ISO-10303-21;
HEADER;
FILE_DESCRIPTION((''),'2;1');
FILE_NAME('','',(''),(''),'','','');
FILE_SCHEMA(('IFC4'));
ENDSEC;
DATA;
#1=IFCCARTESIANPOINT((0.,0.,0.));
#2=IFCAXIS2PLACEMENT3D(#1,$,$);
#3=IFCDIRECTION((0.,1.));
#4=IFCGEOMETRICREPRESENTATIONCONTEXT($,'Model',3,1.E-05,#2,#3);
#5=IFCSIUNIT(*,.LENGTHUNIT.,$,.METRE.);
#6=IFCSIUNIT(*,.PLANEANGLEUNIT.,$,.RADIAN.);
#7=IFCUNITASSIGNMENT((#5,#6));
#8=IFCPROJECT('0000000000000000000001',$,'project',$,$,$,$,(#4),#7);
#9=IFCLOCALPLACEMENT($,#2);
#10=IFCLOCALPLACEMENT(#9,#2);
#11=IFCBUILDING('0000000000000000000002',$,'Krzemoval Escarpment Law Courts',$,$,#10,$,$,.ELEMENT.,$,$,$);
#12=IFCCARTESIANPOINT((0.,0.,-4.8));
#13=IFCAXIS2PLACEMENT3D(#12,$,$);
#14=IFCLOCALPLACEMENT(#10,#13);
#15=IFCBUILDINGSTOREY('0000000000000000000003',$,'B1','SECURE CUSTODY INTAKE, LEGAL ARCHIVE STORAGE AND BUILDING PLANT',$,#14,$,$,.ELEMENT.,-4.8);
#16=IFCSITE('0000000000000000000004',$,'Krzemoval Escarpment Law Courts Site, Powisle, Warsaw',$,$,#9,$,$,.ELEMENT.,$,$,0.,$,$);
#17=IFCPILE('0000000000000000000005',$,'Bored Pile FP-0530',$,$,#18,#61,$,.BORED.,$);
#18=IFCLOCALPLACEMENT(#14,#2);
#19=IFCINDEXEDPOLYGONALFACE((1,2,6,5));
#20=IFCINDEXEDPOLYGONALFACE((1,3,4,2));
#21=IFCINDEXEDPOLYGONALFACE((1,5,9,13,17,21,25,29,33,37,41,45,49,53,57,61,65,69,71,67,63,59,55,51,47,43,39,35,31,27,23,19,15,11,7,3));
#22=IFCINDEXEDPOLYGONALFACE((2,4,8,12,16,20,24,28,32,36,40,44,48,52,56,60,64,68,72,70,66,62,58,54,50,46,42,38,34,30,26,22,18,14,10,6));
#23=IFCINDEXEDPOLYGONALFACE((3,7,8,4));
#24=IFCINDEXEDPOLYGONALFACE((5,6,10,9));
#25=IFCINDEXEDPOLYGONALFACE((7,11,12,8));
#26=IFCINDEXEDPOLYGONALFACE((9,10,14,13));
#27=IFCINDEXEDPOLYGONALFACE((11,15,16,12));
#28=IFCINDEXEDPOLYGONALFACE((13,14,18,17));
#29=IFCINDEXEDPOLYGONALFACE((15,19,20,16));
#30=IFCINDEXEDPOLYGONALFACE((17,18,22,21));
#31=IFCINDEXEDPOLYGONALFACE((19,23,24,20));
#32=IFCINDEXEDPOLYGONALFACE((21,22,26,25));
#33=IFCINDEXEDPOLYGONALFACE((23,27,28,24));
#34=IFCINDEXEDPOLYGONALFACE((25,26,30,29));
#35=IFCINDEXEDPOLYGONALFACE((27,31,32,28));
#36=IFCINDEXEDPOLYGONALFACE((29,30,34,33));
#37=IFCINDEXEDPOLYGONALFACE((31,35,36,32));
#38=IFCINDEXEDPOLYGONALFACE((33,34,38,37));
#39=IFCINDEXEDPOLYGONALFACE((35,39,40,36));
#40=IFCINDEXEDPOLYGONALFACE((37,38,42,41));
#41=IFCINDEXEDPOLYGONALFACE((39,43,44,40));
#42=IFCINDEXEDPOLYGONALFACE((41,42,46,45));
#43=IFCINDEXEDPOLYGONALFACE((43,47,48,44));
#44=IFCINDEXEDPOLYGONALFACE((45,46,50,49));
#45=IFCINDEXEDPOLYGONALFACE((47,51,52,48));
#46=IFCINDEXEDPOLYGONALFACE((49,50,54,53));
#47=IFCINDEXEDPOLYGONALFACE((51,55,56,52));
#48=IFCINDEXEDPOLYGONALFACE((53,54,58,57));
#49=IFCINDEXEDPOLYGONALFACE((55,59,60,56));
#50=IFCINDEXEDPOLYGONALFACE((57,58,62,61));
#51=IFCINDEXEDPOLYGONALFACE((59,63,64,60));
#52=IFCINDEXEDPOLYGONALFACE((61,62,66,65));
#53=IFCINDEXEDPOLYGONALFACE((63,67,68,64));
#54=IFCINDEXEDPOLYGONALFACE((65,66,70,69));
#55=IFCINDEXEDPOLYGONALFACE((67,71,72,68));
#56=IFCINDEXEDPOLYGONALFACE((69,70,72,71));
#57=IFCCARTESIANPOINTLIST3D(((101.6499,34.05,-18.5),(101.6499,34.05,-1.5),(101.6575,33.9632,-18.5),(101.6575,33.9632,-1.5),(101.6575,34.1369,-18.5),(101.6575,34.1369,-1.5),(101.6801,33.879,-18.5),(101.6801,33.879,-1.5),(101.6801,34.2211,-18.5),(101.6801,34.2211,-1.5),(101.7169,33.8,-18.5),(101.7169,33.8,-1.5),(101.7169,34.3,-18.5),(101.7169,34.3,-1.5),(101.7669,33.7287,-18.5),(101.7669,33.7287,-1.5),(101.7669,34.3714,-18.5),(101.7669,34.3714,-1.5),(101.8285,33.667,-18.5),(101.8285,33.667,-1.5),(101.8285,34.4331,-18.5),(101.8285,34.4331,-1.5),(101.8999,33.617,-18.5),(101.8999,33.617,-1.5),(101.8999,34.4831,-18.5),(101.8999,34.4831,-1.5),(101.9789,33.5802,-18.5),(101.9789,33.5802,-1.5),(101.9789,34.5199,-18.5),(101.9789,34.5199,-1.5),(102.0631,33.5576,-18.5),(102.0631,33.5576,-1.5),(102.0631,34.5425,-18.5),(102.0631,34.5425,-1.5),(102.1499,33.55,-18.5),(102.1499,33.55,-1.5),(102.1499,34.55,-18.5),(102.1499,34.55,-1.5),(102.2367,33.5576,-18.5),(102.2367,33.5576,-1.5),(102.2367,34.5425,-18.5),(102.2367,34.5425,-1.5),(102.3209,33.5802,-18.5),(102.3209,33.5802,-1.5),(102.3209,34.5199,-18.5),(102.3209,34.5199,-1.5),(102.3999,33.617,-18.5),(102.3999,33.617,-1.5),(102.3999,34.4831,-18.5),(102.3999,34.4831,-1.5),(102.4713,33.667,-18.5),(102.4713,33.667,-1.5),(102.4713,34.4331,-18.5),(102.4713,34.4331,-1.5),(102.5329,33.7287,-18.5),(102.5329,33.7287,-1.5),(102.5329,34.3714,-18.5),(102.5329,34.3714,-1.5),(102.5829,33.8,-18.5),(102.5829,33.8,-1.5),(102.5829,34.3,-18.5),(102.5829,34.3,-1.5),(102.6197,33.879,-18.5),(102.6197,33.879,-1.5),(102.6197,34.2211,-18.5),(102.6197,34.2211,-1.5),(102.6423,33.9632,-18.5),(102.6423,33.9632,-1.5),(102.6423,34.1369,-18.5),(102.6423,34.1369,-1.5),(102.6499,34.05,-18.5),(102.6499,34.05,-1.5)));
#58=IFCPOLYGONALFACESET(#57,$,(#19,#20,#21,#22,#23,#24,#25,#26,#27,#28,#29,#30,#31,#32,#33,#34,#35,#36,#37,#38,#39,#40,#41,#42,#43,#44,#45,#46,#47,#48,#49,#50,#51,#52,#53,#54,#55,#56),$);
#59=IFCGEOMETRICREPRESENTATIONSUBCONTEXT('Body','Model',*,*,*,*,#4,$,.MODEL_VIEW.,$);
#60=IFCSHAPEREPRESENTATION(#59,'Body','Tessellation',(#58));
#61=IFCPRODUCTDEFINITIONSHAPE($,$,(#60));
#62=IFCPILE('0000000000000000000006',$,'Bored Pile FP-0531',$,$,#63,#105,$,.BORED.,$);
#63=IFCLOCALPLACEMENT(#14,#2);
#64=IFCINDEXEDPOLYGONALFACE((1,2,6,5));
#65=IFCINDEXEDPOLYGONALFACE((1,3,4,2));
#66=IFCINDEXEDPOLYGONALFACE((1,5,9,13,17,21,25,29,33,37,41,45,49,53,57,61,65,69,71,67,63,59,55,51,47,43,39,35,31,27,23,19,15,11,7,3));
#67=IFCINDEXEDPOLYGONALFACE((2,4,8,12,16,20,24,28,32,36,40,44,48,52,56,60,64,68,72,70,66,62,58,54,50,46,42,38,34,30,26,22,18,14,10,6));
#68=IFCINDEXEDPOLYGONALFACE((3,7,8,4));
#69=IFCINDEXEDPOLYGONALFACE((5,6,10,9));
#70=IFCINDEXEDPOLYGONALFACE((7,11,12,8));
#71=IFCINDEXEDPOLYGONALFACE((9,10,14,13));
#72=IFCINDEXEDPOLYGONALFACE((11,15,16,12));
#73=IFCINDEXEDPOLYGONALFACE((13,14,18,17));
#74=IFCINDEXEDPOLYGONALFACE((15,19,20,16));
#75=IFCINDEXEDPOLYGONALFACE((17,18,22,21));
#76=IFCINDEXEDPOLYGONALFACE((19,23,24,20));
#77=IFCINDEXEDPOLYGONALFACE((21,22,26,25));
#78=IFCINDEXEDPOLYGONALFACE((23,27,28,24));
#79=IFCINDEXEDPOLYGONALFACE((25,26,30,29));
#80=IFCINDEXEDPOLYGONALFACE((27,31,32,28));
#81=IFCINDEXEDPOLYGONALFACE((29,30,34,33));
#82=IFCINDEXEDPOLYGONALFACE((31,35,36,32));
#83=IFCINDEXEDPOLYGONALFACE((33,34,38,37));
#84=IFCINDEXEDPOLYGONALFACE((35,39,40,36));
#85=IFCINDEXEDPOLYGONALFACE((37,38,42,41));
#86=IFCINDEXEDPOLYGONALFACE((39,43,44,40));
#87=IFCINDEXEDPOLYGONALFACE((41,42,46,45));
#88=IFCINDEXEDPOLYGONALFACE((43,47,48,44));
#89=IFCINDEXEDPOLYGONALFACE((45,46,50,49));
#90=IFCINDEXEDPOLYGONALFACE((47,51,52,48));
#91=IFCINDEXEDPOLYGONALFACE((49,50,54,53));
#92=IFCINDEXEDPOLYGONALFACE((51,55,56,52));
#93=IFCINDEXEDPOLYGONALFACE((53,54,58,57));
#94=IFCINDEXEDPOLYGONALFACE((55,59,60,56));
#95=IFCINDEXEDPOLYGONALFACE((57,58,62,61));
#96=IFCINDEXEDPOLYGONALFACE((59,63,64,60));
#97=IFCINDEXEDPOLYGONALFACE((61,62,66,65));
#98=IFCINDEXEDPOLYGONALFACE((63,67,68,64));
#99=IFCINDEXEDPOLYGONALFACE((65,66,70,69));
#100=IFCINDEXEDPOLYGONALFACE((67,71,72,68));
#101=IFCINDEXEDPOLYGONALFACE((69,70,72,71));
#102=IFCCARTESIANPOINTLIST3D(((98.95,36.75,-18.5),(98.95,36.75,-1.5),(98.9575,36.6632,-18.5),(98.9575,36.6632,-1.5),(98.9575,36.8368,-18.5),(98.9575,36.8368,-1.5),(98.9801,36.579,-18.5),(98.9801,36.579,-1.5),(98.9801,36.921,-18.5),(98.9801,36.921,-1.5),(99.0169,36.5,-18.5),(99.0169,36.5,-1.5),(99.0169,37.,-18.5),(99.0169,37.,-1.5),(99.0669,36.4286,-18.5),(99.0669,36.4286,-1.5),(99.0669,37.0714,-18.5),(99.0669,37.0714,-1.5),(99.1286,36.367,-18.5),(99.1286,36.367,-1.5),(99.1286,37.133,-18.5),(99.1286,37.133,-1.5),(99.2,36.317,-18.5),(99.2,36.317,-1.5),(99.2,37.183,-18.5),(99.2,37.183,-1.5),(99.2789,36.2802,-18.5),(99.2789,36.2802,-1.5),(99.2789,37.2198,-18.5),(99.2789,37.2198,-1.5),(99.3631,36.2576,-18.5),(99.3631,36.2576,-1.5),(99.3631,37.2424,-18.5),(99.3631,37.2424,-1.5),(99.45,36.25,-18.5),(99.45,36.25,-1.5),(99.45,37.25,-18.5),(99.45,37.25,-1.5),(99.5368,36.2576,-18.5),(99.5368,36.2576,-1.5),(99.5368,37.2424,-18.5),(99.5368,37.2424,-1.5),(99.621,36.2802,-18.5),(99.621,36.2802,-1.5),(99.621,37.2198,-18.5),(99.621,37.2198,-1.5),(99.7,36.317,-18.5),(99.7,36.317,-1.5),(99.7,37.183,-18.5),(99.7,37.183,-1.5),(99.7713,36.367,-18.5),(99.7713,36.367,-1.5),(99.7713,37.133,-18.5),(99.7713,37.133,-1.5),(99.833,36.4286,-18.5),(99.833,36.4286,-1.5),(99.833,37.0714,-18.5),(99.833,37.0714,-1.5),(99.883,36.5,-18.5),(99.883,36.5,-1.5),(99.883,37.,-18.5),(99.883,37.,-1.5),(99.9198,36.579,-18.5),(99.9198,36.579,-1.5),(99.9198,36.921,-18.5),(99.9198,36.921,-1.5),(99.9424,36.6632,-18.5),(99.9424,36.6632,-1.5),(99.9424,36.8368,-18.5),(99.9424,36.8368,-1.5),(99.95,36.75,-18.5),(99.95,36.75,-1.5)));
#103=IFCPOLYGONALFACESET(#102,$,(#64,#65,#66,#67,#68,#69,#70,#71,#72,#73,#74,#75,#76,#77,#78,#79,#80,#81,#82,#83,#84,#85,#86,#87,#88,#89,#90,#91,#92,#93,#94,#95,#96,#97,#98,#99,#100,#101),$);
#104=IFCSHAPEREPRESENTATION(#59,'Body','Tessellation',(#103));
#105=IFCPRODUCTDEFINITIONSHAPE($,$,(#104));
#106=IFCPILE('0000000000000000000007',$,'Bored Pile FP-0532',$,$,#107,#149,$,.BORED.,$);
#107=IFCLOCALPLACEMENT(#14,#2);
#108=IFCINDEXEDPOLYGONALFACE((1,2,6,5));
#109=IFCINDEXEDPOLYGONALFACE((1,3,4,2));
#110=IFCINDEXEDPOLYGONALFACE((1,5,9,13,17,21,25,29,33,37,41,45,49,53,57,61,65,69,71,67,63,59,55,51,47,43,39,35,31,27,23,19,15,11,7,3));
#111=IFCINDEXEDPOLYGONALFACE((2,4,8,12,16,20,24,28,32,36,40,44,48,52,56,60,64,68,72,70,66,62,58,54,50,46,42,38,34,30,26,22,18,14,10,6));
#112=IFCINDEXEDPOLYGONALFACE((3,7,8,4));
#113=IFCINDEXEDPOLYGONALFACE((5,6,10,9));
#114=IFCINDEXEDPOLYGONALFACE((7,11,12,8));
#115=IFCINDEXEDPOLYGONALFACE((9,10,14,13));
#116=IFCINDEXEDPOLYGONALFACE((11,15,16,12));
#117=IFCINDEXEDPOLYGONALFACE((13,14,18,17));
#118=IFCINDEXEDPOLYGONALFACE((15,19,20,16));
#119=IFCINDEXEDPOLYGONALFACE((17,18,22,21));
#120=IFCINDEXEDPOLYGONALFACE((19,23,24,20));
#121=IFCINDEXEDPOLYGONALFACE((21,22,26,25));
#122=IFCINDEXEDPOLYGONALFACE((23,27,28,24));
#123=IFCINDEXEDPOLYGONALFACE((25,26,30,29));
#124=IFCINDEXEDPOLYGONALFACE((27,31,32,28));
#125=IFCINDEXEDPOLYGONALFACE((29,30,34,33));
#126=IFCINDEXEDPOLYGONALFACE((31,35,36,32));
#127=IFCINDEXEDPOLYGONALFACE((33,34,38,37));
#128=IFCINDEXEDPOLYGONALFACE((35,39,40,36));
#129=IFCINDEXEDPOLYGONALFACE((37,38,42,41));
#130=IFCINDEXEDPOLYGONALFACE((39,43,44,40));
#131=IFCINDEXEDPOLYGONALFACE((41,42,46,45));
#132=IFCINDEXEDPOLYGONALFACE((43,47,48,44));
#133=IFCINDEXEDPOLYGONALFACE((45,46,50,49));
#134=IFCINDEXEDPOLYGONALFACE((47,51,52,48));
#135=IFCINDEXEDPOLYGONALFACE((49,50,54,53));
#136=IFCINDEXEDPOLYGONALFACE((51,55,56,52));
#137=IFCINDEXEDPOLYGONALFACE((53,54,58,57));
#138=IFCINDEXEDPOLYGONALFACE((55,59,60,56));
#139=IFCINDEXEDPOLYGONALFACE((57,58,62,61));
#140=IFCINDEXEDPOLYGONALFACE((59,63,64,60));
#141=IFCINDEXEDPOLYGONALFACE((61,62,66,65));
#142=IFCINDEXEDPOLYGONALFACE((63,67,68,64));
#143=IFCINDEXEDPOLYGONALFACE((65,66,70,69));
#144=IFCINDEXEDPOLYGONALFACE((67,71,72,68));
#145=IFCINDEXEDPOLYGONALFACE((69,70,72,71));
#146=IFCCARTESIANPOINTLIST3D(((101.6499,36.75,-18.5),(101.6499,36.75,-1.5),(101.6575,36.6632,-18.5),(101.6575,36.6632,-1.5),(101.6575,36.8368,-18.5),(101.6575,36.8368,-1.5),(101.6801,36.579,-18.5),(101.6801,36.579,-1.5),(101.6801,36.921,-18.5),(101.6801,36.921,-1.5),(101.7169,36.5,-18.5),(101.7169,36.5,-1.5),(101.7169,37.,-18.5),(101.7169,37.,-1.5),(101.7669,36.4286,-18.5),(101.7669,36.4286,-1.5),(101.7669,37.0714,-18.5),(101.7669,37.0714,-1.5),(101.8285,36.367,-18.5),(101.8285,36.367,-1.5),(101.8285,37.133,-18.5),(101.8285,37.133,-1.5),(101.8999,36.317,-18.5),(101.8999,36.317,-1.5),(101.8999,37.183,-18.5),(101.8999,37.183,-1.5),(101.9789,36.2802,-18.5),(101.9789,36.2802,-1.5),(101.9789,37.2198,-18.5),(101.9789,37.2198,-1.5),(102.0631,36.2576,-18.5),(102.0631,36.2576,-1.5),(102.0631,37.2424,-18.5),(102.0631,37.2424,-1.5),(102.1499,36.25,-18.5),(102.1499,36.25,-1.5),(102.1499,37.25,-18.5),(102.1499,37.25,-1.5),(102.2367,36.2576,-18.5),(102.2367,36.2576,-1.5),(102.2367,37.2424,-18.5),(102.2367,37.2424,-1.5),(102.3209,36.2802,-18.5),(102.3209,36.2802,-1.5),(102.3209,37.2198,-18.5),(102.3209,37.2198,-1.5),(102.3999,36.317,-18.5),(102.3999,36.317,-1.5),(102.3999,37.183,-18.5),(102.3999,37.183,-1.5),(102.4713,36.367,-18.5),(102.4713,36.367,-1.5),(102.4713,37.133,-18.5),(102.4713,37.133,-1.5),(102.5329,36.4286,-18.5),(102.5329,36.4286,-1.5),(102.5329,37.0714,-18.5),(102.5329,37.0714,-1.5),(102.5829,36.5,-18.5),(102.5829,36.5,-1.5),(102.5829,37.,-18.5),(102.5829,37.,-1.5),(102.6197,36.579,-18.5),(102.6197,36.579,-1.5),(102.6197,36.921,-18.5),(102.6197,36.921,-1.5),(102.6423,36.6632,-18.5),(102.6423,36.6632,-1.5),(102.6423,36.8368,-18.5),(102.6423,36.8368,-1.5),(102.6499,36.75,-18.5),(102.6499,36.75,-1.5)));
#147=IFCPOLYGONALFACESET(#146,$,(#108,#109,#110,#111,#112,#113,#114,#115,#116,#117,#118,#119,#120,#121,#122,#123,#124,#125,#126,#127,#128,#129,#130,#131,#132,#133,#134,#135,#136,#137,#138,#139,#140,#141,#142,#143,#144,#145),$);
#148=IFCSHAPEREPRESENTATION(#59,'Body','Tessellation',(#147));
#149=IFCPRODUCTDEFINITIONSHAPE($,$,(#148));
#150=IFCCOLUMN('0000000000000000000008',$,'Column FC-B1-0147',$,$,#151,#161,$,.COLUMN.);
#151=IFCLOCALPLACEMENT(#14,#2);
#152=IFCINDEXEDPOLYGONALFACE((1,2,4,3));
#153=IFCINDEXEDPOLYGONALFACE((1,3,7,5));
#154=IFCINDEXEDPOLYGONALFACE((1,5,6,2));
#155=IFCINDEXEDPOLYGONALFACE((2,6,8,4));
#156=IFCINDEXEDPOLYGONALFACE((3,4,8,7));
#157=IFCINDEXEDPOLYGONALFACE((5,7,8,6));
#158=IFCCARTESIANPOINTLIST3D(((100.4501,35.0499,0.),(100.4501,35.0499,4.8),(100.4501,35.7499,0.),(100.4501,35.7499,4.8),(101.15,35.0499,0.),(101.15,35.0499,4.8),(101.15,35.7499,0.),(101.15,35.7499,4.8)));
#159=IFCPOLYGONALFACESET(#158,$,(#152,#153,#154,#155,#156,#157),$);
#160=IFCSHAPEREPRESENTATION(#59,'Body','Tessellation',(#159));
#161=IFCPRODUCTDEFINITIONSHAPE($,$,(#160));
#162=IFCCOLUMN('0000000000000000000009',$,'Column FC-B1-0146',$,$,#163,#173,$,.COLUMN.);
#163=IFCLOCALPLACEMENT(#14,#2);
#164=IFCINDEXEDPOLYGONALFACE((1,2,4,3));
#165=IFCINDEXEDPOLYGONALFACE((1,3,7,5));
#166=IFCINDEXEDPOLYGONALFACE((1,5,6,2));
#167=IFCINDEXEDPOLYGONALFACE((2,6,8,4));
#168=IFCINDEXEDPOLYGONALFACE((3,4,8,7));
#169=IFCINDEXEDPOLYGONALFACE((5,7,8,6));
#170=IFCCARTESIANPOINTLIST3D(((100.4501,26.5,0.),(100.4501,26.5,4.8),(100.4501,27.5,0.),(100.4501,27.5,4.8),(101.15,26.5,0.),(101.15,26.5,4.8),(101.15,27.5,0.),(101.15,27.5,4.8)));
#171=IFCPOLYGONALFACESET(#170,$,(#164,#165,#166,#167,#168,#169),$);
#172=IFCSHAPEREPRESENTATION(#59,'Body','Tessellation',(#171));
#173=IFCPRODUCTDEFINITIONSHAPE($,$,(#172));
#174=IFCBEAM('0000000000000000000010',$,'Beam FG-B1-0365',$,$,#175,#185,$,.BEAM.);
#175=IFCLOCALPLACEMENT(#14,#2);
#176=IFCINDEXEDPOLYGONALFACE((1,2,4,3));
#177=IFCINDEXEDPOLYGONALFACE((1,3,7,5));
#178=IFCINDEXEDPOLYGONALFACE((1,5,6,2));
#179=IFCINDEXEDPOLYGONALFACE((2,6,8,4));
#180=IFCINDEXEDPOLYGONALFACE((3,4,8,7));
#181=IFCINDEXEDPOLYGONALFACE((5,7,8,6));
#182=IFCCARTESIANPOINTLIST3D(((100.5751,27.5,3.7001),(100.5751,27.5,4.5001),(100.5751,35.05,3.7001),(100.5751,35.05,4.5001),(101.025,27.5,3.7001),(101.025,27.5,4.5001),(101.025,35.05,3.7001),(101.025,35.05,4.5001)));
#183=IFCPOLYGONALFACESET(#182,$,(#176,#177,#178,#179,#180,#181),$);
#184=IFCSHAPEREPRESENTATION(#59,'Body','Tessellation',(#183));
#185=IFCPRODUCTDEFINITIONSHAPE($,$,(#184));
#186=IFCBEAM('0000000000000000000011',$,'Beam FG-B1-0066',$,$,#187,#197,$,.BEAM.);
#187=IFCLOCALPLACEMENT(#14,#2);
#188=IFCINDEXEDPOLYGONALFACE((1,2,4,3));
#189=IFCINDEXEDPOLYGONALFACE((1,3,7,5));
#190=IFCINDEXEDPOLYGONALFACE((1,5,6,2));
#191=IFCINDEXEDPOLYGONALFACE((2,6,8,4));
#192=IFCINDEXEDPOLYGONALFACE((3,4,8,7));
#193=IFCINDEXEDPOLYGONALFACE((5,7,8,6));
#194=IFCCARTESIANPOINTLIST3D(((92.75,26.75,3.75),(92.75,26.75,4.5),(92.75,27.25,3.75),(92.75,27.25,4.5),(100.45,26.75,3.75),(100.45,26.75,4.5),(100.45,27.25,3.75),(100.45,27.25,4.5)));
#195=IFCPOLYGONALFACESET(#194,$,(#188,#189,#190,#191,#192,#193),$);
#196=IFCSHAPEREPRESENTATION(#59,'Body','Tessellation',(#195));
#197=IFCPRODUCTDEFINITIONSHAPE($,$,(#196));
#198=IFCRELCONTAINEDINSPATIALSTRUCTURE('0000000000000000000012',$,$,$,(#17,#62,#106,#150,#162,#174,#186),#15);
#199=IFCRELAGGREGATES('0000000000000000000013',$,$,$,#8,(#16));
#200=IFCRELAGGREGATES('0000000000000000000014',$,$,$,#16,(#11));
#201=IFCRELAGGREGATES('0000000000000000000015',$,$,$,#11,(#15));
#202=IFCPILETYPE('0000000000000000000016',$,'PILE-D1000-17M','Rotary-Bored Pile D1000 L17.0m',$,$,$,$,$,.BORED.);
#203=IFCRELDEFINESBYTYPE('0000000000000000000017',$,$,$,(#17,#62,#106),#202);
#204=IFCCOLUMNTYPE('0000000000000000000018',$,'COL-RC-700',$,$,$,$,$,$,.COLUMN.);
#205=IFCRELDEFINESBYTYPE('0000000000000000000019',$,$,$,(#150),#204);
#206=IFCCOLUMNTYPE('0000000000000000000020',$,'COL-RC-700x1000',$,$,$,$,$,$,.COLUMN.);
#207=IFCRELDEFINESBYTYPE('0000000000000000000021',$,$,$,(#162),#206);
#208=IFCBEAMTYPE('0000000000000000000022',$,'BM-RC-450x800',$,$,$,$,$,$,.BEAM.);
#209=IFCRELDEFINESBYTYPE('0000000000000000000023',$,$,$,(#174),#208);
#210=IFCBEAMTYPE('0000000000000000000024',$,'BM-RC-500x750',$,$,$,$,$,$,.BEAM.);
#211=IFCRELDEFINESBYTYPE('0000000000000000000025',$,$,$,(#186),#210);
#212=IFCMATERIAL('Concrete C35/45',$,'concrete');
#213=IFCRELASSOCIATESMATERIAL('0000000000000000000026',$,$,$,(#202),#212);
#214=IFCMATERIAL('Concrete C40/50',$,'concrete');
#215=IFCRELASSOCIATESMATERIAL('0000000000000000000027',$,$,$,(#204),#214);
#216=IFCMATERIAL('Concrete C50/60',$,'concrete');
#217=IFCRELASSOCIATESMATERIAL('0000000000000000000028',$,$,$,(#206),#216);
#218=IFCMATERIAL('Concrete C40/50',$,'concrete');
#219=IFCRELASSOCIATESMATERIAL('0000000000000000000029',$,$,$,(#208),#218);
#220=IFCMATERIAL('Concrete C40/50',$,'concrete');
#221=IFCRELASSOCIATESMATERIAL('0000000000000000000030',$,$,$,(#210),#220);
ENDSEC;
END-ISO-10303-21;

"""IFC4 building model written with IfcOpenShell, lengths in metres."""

from ifc_helpers import new_model, si_unit, direction, frame, origin, origin_2d, place, context, subcontext, project, spatial, rectangle, circle, extrude, material, material_profile, profile_set, type_object, element, save


model = new_model("IFC4")

# Units and contexts
model_context = context("Model", 3, precision=1e-05, world=origin(), true_north=direction((0.0, 1.0)))
body_context = subcontext(model_context, "Body", "Model", "MODEL_VIEW")
ifc_project = project(units=[si_unit("LENGTHUNIT", "METRE"), si_unit("PLANEANGLEUNIT", "RADIAN")], contexts=[model_context])

# Site, building, storey
site_placement = place(None, origin())
site = spatial("IfcSite", under=ifc_project, at=site_placement, Name="Krzemoval Escarpment Law Courts Site, Powisle, Warsaw", CompositionType="ELEMENT", RefElevation=0.0)
building_placement = place(site_placement, origin())
building = spatial("IfcBuilding", under=site, at=building_placement, Name="Krzemoval Escarpment Law Courts", CompositionType="ELEMENT")
storey_placement = place(building_placement, frame((0.0, 0.0, -4.8)))
storey = spatial("IfcBuildingStorey", under=building, at=storey_placement, Name="B1", Description="SECURE CUSTODY INTAKE, LEGAL ARCHIVE STORAGE AND BUILDING PLANT", CompositionType="ELEMENT", Elevation=-4.8)

# Piles
ifc_material_1 = material(Name="Concrete C35/45", Category="concrete")
ifc_material_profile_1 = material_profile(ifc_material_1, circle(Radius=0.5, at=origin_2d()), Name="PILE D1000")
ifc_profile_set_1 = profile_set([ifc_material_profile_1], Name="Concrete C35/45")
pile_type = type_object("IfcPileType", Name="PILE-D1000-17M", Description="Rotary-Bored Pile D1000 L17.0m", PredefinedType="BORED", material=ifc_profile_set_1)
for number, where, z_axis, x_axis, name in (
    (1, (102.1499, 34.05, -1.5), (0.0, 0.0, -1.0), (1.0, 0.0, 0.0), "Bored Pile FP-0530"),
    (2, (99.45, 36.75, -1.5), (0.0, 0.0, -1.0), (1.0, 0.0, 0.0), "Bored Pile FP-0531"),
    (3, (102.1499, 36.75, -1.5), (0.0, 0.0, -1.0), (1.0, 0.0, 0.0), "Bored Pile FP-0532"),
):
    element("IfcPile", number, at=place(storey_placement, frame(where, z_axis=z_axis, x_axis=x_axis)), inside=storey, type_object=pile_type, Name=name, PredefinedType="BORED", context=body_context, shape_type="SweptSolid", body=[
        extrude(circle(Radius=0.5, at=origin_2d()), origin(), (0.0, 0.0, 1.0), 17.0),
    ])

# Columns
ifc_material_2 = material(Name="Concrete C40/50", Category="concrete")
ifc_material_profile_2 = material_profile(ifc_material_2, rectangle(XDim=0.7, YDim=0.7, at=origin_2d()), Name="RC 700x700")
ifc_profile_set_2 = profile_set([ifc_material_profile_2], Name="Concrete C40/50")
column_type_1 = type_object("IfcColumnType", Name="COL-RC-700", PredefinedType="COLUMN", material=ifc_profile_set_2)
column_1_placement = place(storey_placement, frame((100.8, 35.3999, 0.0), z_axis=(0.0, 0.0, 1.0), x_axis=(1.0, 0.0, 0.0)))
element("IfcColumn", 4, at=column_1_placement, inside=storey, type_object=column_type_1, Name="Column FC-B1-0147", PredefinedType="COLUMN", context=body_context, shape_type="SweptSolid", body=[
    extrude(rectangle(XDim=0.7, YDim=0.7, at=origin_2d()), origin(), (0.0, 0.0, 1.0), 4.8),
])
ifc_material_3 = material(Name="Concrete C50/60", Category="concrete")
ifc_material_profile_3 = material_profile(ifc_material_3, rectangle(XDim=0.7, YDim=1.0, at=origin_2d()), Name="RC 700x1000")
ifc_profile_set_3 = profile_set([ifc_material_profile_3], Name="Concrete C50/60")
column_type_2 = type_object("IfcColumnType", Name="COL-RC-700x1000", PredefinedType="COLUMN", material=ifc_profile_set_3)
column_2_placement = place(storey_placement, frame((100.8, 27.0, 0.0), z_axis=(0.0, 0.0, 1.0), x_axis=(1.0, 0.0, 0.0)))
element("IfcColumn", 5, at=column_2_placement, inside=storey, type_object=column_type_2, Name="Column FC-B1-0146", PredefinedType="COLUMN", context=body_context, shape_type="SweptSolid", body=[
    extrude(rectangle(XDim=0.7, YDim=1.0, at=origin_2d()), origin(), (0.0, 0.0, 1.0), 4.8),
])

# Beams
ifc_material_4 = material(Name="Concrete C40/50", Category="concrete")
ifc_material_profile_4 = material_profile(ifc_material_4, rectangle(XDim=0.45, YDim=0.8, at=origin_2d()), Name="RCB 450x800")
ifc_profile_set_4 = profile_set([ifc_material_profile_4], Name="Concrete C40/50")
beam_type_1 = type_object("IfcBeamType", Name="BM-RC-450x800", PredefinedType="BEAM", material=ifc_profile_set_4)
beam_1_placement = place(storey_placement, frame((100.8, 27.5, 4.1001), z_axis=(0.0, 1.0, 0.0), x_axis=(-1.0, 0.0, 0.0)))
element("IfcBeam", 6, at=beam_1_placement, inside=storey, type_object=beam_type_1, Name="Beam FG-B1-0365", PredefinedType="BEAM", context=body_context, shape_type="SweptSolid", body=[
    extrude(rectangle(XDim=0.45, YDim=0.8, at=origin_2d()), origin(), (0.0, 0.0, 1.0), 7.55),
])
ifc_material_5 = material(Name="Concrete C40/50", Category="concrete")
ifc_material_profile_5 = material_profile(ifc_material_5, rectangle(XDim=0.5, YDim=0.75, at=origin_2d()), Name="RCB 500x750")
ifc_profile_set_5 = profile_set([ifc_material_profile_5], Name="Concrete C40/50")
beam_type_2 = type_object("IfcBeamType", Name="BM-RC-500x750", PredefinedType="BEAM", material=ifc_profile_set_5)
beam_2_placement = place(storey_placement, frame((92.75, 27.0, 4.125), z_axis=(1.0, 0.0, 0.0), x_axis=(0.0, 1.0, 0.0)))
element("IfcBeam", 7, at=beam_2_placement, inside=storey, type_object=beam_type_2, Name="Beam FG-B1-0066", PredefinedType="BEAM", context=body_context, shape_type="SweptSolid", body=[
    extrude(rectangle(XDim=0.5, YDim=0.75, at=origin_2d()), origin(), (0.0, 0.0, 1.0), 7.7),
])

save(model, "model.ifc")
